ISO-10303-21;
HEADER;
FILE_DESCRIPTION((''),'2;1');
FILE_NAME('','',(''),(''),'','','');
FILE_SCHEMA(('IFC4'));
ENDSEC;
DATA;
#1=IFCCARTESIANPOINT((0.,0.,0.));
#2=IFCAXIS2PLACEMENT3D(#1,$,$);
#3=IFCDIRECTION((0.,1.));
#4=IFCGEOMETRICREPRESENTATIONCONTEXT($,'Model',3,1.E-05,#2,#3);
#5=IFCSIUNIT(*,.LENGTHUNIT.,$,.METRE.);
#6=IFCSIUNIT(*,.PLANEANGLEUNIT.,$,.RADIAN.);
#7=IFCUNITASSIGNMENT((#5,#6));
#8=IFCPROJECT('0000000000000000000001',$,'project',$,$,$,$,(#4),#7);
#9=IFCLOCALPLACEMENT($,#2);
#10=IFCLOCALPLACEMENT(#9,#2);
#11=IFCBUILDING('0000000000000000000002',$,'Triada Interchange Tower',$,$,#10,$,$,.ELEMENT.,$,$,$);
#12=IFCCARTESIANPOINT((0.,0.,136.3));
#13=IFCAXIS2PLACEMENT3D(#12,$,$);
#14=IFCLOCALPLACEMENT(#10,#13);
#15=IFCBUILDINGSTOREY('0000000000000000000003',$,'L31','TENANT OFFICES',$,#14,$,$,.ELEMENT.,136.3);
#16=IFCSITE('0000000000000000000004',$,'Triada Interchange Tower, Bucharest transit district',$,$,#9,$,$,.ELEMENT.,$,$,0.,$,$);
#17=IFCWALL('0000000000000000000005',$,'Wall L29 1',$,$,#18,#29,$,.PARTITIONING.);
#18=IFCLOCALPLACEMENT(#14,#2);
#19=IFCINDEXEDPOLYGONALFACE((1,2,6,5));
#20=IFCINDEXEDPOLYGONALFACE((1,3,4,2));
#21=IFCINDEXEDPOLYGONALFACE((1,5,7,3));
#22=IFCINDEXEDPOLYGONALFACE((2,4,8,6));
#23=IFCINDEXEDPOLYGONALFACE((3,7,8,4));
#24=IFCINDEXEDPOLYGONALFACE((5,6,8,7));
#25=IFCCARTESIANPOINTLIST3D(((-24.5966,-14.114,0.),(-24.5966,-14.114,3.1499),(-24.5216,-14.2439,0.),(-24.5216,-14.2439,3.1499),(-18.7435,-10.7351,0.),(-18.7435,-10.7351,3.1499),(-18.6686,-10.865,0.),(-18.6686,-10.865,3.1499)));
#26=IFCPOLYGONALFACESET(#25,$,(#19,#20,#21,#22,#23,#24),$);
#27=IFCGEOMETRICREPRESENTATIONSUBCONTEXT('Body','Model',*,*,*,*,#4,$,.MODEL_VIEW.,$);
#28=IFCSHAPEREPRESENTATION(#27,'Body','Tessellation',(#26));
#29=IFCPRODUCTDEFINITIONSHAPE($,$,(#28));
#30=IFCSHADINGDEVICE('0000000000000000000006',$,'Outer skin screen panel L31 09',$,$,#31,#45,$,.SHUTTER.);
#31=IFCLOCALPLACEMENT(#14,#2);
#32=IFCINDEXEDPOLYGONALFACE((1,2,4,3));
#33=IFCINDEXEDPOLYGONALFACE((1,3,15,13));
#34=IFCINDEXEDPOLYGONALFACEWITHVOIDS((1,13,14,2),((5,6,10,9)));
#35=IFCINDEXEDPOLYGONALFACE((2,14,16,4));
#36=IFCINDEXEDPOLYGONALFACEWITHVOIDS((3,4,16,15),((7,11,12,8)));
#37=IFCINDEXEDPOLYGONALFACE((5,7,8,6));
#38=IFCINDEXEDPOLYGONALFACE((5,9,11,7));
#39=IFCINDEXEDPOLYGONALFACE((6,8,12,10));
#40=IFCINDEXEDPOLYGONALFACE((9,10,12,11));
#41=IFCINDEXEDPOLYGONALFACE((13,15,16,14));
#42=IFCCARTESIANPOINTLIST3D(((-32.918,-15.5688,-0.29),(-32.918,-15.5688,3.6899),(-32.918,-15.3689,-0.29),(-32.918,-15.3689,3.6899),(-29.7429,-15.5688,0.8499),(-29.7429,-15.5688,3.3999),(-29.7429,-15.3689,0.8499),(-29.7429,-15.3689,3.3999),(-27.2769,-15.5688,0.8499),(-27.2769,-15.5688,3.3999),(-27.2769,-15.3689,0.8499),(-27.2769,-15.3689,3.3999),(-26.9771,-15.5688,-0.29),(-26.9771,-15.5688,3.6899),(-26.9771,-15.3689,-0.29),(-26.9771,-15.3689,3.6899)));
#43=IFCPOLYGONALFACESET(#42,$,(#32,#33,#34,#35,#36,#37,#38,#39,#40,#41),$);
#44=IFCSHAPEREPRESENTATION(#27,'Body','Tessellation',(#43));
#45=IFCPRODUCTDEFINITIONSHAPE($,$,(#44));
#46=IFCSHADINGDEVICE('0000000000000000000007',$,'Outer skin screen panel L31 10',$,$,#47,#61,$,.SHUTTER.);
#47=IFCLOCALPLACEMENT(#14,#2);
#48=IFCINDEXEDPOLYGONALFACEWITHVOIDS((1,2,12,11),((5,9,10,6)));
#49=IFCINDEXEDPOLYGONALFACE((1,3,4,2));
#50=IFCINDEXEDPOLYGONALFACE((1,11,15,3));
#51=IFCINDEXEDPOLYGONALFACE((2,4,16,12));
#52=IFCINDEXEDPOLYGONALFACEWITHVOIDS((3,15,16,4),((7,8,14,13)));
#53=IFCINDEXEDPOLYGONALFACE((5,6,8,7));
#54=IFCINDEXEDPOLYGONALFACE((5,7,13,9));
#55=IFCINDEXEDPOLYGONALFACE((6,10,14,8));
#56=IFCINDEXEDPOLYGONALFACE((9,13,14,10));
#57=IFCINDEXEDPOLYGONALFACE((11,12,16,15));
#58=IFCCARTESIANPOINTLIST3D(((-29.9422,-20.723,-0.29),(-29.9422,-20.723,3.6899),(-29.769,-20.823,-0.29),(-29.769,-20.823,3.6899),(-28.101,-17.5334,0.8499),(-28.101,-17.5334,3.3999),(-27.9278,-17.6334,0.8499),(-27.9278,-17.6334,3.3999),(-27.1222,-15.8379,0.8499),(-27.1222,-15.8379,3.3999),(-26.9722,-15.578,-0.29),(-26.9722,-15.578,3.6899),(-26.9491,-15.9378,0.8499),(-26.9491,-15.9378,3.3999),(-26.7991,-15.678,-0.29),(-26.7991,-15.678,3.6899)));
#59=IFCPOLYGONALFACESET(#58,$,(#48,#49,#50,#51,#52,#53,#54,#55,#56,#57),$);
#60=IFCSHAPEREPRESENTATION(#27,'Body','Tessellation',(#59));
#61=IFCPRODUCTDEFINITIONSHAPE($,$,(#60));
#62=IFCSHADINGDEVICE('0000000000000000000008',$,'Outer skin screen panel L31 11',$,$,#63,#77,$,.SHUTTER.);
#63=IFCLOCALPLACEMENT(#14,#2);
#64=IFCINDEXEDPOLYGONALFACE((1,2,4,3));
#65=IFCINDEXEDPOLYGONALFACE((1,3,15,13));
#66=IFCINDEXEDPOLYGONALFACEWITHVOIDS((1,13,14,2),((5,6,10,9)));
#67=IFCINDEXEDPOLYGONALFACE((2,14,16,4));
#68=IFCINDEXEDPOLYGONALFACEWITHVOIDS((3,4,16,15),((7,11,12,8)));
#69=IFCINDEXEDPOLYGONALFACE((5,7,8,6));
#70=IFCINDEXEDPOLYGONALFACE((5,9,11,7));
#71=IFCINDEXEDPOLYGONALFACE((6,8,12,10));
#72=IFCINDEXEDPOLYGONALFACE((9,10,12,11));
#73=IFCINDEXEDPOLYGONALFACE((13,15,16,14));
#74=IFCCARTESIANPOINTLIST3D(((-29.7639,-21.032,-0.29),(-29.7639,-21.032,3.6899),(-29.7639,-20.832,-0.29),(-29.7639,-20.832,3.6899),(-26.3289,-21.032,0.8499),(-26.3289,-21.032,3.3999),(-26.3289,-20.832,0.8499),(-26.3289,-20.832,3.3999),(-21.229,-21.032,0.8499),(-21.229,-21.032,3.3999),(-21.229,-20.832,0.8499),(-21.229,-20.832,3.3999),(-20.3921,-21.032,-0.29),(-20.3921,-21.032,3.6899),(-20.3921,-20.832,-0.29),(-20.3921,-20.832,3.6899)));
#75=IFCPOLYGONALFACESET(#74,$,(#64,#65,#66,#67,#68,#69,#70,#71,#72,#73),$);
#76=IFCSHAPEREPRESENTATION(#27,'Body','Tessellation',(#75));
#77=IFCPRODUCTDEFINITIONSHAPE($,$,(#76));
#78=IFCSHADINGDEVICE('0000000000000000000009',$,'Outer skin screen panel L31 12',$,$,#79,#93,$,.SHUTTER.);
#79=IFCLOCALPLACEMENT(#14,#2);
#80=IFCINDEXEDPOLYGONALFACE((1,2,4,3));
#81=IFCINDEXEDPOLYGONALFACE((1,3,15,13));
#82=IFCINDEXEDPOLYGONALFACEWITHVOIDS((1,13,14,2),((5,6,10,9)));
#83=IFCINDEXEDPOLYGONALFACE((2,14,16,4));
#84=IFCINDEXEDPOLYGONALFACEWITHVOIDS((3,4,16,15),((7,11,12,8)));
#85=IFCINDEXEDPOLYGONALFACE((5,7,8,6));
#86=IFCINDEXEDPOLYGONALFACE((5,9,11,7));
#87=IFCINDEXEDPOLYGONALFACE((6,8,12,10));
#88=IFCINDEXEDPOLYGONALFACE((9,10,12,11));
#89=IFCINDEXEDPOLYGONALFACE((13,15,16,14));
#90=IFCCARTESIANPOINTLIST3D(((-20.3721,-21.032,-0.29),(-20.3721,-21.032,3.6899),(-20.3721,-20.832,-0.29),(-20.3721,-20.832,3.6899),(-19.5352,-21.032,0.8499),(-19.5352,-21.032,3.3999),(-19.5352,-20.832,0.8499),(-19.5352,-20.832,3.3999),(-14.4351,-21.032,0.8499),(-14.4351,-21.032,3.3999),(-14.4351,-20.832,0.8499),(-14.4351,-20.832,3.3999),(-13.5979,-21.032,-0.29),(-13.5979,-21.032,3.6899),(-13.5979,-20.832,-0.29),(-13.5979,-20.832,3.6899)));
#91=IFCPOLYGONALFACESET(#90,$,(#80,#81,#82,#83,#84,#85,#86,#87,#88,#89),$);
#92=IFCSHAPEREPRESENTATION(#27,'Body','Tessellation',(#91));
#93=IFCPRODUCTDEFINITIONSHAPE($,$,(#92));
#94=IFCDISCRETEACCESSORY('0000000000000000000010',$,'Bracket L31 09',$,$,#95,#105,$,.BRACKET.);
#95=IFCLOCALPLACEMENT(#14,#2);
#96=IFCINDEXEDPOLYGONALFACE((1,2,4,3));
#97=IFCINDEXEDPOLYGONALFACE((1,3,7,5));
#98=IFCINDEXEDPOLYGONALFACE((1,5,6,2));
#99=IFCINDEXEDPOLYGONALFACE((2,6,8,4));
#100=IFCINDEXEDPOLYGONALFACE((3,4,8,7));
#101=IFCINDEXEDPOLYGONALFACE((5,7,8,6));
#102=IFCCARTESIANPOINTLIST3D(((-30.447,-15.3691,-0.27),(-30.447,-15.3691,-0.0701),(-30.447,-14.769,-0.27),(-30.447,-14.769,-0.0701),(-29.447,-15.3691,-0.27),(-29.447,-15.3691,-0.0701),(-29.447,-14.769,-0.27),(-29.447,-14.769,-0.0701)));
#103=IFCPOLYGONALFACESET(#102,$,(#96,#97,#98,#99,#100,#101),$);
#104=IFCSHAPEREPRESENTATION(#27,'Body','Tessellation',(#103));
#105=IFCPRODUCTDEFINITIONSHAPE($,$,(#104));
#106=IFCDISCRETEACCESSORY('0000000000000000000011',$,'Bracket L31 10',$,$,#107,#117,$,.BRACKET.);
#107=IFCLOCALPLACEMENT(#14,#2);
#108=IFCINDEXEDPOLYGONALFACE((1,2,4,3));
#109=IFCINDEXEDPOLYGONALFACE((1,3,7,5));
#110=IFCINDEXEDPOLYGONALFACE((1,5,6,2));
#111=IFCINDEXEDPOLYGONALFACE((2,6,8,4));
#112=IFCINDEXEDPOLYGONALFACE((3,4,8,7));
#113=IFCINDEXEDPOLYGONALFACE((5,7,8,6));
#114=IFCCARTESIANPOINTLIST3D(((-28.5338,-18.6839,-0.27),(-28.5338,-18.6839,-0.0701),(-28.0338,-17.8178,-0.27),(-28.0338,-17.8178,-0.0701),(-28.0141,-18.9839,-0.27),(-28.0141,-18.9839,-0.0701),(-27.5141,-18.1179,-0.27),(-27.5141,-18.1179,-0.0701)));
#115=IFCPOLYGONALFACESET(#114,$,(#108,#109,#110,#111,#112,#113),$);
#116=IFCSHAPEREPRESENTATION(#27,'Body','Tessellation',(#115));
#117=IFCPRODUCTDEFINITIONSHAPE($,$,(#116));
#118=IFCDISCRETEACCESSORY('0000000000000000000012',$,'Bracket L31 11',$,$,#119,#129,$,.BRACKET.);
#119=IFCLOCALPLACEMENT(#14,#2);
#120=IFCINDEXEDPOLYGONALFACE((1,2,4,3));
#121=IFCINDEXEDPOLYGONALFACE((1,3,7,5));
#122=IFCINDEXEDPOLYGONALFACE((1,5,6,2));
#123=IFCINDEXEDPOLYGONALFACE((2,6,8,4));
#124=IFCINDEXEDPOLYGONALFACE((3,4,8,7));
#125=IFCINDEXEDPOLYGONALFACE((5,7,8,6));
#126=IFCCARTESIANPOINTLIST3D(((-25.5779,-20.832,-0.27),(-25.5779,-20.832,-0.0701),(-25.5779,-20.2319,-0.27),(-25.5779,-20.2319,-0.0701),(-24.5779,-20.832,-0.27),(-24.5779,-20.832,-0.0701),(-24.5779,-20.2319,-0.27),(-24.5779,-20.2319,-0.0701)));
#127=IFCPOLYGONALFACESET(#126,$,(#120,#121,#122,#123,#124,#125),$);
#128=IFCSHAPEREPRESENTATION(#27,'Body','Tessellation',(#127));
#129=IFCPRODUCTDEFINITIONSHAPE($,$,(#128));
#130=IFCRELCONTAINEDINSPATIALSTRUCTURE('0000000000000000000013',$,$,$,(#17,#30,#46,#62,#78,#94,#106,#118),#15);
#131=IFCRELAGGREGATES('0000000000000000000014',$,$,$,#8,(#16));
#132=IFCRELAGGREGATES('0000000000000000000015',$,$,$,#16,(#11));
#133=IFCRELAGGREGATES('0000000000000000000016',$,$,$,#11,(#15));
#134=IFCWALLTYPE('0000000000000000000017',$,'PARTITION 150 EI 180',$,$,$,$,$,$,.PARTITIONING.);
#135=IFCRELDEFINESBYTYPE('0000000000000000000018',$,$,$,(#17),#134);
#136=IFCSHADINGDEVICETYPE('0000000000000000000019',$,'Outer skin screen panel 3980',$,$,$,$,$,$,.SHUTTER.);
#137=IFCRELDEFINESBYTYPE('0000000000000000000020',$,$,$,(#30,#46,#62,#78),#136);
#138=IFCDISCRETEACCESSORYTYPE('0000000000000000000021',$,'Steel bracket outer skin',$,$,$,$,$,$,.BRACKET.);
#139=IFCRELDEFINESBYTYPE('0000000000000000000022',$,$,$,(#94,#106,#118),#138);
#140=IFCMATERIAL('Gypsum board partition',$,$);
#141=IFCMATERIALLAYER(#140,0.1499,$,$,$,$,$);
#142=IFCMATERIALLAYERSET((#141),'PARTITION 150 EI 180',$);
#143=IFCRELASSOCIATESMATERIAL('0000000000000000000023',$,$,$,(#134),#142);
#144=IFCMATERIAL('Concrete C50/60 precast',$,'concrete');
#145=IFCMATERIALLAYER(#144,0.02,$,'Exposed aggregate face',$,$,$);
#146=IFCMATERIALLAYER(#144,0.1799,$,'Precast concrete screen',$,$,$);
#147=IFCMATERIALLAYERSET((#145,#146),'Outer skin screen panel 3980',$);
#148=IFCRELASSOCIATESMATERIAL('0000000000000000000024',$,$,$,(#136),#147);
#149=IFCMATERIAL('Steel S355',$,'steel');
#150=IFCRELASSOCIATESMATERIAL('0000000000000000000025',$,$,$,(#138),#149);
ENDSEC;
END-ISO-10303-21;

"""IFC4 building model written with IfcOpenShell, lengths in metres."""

from ifc_helpers import new_model, si_unit, direction, frame, frame_2d, origin, origin_2d, place, context, subcontext, project, spatial, polyline, rectangle, outline, extrude, material, layer, layer_set, type_object, element, save


model = new_model("IFC4")

# Units and contexts
model_context = context("Model", 3, precision=1e-05, world=origin(), true_north=direction((0.0, 1.0)))
body_context = subcontext(model_context, "Body", "Model", "MODEL_VIEW")
ifc_project = project(units=[si_unit("LENGTHUNIT", "METRE"), si_unit("PLANEANGLEUNIT", "RADIAN")], contexts=[model_context])

# Site, building, storey
site_placement = place(None, origin())
site = spatial("IfcSite", under=ifc_project, at=site_placement, Name="Triada Interchange Tower, Bucharest transit district", CompositionType="ELEMENT", RefElevation=0.0)
building_placement = place(site_placement, origin())
building = spatial("IfcBuilding", under=site, at=building_placement, Name="Triada Interchange Tower", CompositionType="ELEMENT")
storey_placement = place(building_placement, frame((0.0, 0.0, 136.3)))
storey = spatial("IfcBuildingStorey", under=building, at=storey_placement, Name="L31", Description="TENANT OFFICES", CompositionType="ELEMENT", Elevation=136.3)

# Wall
ifc_material_1 = material(Name="Gypsum board partition")
ifc_layer_1 = layer(ifc_material_1, 0.1499)
ifc_layer_set_1 = layer_set([ifc_layer_1], Name="PARTITION 150 EI 180")
wall_type_1 = type_object("IfcWallType", Name="PARTITION 150 EI 180", PredefinedType="PARTITIONING", material=ifc_layer_set_1)
wall_1_placement = place(storey_placement, frame((-24.5591, -14.179, 0.0), z_axis=(0.0, 0.0, 1.0), x_axis=(0.866047, 0.499962, 0.0)))
element("IfcWall", 1, at=wall_1_placement, inside=storey, type_object=wall_type_1, Name="Wall L29 1", PredefinedType="PARTITIONING", context=body_context, shape_type="SweptSolid", body=[
    extrude(rectangle(XDim=6.7583, YDim=0.1499, at=frame_2d((3.3792, 0.0))), origin(), (0.0, 0.0, 1.0), 3.1499),
])

# Shading devices
ifc_material_2 = material(Name="Concrete C50/60 precast", Category="concrete")
ifc_layer_2 = layer(ifc_material_2, 0.02, Name="Exposed aggregate face")
ifc_layer_3 = layer(ifc_material_2, 0.1799, Name="Precast concrete screen")
ifc_layer_set_2 = layer_set([ifc_layer_2, ifc_layer_3], Name="Outer skin screen panel 3980")
shading_device_type = type_object("IfcShadingDeviceType", Name="Outer skin screen panel 3980", PredefinedType="SHUTTER", material=ifc_layer_set_2)
shading_device_1_placement = place(storey_placement, frame((-32.918, -15.3689, -0.29), z_axis=(0.0, 0.0, 1.0), x_axis=(1.0, 0.0, 0.0)))
element("IfcShadingDevice", 2, at=shading_device_1_placement, inside=storey, type_object=shading_device_type, Name="Outer skin screen panel L31 09", PredefinedType="SHUTTER", context=body_context, shape_type="SweptSolid", body=[
    extrude(outline(polyline([(0.0, 0.0), (5.9409, 0.0), (5.9409, 3.98), (0.0, 3.98), (0.0, 0.0)]), holes=[polyline([(3.175, 1.1399), (3.175, 3.6899), (5.6411, 3.6899), (5.6411, 1.1399), (3.175, 1.1399)])]), frame((0.0, 0.0, 0.0), z_axis=(0.0, -1.0, 0.0), x_axis=(1.0, 0.0, 0.0)), (0.0, 0.0, 1.0), 0.2),
])
shading_device_2_placement = place(storey_placement, frame((-26.7991, -15.678, -0.29), z_axis=(0.0, 0.0, 1.0), x_axis=(-0.499936, -0.866062, 0.0)))
element("IfcShadingDevice", 3, at=shading_device_2_placement, inside=storey, type_object=shading_device_type, Name="Outer skin screen panel L31 10", PredefinedType="SHUTTER", context=body_context, shape_type="SweptSolid", body=[
    extrude(outline(polyline([(0.0, 0.0), (5.9407, 0.0), (5.9407, 3.98), (0.0, 3.98), (0.0, 0.0)]), holes=[polyline([(0.3, 1.1399), (0.3, 3.6899), (2.2578, 3.6899), (2.2578, 1.1399), (0.3, 1.1399)])]), frame((0.0, 0.0, 0.0), z_axis=(0.0, -1.0, 0.0), x_axis=(1.0, 0.0, 0.0)), (0.0, 0.0, 1.0), 0.2),
])
shading_device_3_placement = place(storey_placement, frame((-29.7639, -20.832, -0.29), z_axis=(0.0, 0.0, 1.0), x_axis=(1.0, 0.0, 0.0)))
element("IfcShadingDevice", 4, at=shading_device_3_placement, inside=storey, type_object=shading_device_type, Name="Outer skin screen panel L31 11", PredefinedType="SHUTTER", context=body_context, shape_type="SweptSolid", body=[
    extrude(outline(polyline([(0.0, 0.0), (9.3718, 0.0), (9.3718, 3.98), (0.0, 3.98), (0.0, 0.0)]), holes=[polyline([(3.4351, 1.1399), (3.4351, 3.6899), (8.5349, 3.6899), (8.5349, 1.1399), (3.4351, 1.1399)])]), frame((0.0, 0.0, 0.0), z_axis=(0.0, -1.0, 0.0), x_axis=(1.0, 0.0, 0.0)), (0.0, 0.0, 1.0), 0.2),
])
shading_device_4_placement = place(storey_placement, frame((-20.3721, -20.832, -0.29), z_axis=(0.0, 0.0, 1.0), x_axis=(1.0, 0.0, 0.0)))
element("IfcShadingDevice", 5, at=shading_device_4_placement, inside=storey, type_object=shading_device_type, Name="Outer skin screen panel L31 12", PredefinedType="SHUTTER", context=body_context, shape_type="SweptSolid", body=[
    extrude(outline(polyline([(0.0, 0.0), (6.7742, 0.0), (6.7742, 3.98), (0.0, 3.98), (0.0, 0.0)]), holes=[polyline([(0.8369, 1.1399), (0.8369, 3.6899), (5.937, 3.6899), (5.937, 1.1399), (0.8369, 1.1399)])]), frame((0.0, 0.0, 0.0), z_axis=(0.0, -1.0, 0.0), x_axis=(1.0, 0.0, 0.0)), (0.0, 0.0, 1.0), 0.2),
])

# Discrete accessories
ifc_material_3 = material(Name="Steel S355", Category="steel")
discrete_accessory_type = type_object("IfcDiscreteAccessoryType", Name="Steel bracket outer skin", PredefinedType="BRACKET", material=ifc_material_3)
for number, where, z_axis, x_axis, name in (
    (6, (-29.947, -15.0691, -0.27), (0.0, 0.0, 1.0), (0.0, -1.0, 0.0), "Bracket L31 09"),
    (7, (-28.0239, -18.4009, -0.27), (0.0, 0.0, 1.0), (-0.86603, 0.499992, 0.0), "Bracket L31 10"),
    (8, (-25.0779, -20.532, -0.27), (0.0, 0.0, 1.0), (0.0, -1.0, 0.0), "Bracket L31 11"),
):
    element("IfcDiscreteAccessory", number, at=place(storey_placement, frame(where, z_axis=z_axis, x_axis=x_axis)), inside=storey, type_object=discrete_accessory_type, Name=name, PredefinedType="BRACKET", context=body_context, shape_type="SweptSolid", body=[
        extrude(rectangle(XDim=0.6001, YDim=1.0, at=origin_2d()), origin(), (0.0, 0.0, 1.0), 0.2),
    ])

save(model, "model.ifc")
